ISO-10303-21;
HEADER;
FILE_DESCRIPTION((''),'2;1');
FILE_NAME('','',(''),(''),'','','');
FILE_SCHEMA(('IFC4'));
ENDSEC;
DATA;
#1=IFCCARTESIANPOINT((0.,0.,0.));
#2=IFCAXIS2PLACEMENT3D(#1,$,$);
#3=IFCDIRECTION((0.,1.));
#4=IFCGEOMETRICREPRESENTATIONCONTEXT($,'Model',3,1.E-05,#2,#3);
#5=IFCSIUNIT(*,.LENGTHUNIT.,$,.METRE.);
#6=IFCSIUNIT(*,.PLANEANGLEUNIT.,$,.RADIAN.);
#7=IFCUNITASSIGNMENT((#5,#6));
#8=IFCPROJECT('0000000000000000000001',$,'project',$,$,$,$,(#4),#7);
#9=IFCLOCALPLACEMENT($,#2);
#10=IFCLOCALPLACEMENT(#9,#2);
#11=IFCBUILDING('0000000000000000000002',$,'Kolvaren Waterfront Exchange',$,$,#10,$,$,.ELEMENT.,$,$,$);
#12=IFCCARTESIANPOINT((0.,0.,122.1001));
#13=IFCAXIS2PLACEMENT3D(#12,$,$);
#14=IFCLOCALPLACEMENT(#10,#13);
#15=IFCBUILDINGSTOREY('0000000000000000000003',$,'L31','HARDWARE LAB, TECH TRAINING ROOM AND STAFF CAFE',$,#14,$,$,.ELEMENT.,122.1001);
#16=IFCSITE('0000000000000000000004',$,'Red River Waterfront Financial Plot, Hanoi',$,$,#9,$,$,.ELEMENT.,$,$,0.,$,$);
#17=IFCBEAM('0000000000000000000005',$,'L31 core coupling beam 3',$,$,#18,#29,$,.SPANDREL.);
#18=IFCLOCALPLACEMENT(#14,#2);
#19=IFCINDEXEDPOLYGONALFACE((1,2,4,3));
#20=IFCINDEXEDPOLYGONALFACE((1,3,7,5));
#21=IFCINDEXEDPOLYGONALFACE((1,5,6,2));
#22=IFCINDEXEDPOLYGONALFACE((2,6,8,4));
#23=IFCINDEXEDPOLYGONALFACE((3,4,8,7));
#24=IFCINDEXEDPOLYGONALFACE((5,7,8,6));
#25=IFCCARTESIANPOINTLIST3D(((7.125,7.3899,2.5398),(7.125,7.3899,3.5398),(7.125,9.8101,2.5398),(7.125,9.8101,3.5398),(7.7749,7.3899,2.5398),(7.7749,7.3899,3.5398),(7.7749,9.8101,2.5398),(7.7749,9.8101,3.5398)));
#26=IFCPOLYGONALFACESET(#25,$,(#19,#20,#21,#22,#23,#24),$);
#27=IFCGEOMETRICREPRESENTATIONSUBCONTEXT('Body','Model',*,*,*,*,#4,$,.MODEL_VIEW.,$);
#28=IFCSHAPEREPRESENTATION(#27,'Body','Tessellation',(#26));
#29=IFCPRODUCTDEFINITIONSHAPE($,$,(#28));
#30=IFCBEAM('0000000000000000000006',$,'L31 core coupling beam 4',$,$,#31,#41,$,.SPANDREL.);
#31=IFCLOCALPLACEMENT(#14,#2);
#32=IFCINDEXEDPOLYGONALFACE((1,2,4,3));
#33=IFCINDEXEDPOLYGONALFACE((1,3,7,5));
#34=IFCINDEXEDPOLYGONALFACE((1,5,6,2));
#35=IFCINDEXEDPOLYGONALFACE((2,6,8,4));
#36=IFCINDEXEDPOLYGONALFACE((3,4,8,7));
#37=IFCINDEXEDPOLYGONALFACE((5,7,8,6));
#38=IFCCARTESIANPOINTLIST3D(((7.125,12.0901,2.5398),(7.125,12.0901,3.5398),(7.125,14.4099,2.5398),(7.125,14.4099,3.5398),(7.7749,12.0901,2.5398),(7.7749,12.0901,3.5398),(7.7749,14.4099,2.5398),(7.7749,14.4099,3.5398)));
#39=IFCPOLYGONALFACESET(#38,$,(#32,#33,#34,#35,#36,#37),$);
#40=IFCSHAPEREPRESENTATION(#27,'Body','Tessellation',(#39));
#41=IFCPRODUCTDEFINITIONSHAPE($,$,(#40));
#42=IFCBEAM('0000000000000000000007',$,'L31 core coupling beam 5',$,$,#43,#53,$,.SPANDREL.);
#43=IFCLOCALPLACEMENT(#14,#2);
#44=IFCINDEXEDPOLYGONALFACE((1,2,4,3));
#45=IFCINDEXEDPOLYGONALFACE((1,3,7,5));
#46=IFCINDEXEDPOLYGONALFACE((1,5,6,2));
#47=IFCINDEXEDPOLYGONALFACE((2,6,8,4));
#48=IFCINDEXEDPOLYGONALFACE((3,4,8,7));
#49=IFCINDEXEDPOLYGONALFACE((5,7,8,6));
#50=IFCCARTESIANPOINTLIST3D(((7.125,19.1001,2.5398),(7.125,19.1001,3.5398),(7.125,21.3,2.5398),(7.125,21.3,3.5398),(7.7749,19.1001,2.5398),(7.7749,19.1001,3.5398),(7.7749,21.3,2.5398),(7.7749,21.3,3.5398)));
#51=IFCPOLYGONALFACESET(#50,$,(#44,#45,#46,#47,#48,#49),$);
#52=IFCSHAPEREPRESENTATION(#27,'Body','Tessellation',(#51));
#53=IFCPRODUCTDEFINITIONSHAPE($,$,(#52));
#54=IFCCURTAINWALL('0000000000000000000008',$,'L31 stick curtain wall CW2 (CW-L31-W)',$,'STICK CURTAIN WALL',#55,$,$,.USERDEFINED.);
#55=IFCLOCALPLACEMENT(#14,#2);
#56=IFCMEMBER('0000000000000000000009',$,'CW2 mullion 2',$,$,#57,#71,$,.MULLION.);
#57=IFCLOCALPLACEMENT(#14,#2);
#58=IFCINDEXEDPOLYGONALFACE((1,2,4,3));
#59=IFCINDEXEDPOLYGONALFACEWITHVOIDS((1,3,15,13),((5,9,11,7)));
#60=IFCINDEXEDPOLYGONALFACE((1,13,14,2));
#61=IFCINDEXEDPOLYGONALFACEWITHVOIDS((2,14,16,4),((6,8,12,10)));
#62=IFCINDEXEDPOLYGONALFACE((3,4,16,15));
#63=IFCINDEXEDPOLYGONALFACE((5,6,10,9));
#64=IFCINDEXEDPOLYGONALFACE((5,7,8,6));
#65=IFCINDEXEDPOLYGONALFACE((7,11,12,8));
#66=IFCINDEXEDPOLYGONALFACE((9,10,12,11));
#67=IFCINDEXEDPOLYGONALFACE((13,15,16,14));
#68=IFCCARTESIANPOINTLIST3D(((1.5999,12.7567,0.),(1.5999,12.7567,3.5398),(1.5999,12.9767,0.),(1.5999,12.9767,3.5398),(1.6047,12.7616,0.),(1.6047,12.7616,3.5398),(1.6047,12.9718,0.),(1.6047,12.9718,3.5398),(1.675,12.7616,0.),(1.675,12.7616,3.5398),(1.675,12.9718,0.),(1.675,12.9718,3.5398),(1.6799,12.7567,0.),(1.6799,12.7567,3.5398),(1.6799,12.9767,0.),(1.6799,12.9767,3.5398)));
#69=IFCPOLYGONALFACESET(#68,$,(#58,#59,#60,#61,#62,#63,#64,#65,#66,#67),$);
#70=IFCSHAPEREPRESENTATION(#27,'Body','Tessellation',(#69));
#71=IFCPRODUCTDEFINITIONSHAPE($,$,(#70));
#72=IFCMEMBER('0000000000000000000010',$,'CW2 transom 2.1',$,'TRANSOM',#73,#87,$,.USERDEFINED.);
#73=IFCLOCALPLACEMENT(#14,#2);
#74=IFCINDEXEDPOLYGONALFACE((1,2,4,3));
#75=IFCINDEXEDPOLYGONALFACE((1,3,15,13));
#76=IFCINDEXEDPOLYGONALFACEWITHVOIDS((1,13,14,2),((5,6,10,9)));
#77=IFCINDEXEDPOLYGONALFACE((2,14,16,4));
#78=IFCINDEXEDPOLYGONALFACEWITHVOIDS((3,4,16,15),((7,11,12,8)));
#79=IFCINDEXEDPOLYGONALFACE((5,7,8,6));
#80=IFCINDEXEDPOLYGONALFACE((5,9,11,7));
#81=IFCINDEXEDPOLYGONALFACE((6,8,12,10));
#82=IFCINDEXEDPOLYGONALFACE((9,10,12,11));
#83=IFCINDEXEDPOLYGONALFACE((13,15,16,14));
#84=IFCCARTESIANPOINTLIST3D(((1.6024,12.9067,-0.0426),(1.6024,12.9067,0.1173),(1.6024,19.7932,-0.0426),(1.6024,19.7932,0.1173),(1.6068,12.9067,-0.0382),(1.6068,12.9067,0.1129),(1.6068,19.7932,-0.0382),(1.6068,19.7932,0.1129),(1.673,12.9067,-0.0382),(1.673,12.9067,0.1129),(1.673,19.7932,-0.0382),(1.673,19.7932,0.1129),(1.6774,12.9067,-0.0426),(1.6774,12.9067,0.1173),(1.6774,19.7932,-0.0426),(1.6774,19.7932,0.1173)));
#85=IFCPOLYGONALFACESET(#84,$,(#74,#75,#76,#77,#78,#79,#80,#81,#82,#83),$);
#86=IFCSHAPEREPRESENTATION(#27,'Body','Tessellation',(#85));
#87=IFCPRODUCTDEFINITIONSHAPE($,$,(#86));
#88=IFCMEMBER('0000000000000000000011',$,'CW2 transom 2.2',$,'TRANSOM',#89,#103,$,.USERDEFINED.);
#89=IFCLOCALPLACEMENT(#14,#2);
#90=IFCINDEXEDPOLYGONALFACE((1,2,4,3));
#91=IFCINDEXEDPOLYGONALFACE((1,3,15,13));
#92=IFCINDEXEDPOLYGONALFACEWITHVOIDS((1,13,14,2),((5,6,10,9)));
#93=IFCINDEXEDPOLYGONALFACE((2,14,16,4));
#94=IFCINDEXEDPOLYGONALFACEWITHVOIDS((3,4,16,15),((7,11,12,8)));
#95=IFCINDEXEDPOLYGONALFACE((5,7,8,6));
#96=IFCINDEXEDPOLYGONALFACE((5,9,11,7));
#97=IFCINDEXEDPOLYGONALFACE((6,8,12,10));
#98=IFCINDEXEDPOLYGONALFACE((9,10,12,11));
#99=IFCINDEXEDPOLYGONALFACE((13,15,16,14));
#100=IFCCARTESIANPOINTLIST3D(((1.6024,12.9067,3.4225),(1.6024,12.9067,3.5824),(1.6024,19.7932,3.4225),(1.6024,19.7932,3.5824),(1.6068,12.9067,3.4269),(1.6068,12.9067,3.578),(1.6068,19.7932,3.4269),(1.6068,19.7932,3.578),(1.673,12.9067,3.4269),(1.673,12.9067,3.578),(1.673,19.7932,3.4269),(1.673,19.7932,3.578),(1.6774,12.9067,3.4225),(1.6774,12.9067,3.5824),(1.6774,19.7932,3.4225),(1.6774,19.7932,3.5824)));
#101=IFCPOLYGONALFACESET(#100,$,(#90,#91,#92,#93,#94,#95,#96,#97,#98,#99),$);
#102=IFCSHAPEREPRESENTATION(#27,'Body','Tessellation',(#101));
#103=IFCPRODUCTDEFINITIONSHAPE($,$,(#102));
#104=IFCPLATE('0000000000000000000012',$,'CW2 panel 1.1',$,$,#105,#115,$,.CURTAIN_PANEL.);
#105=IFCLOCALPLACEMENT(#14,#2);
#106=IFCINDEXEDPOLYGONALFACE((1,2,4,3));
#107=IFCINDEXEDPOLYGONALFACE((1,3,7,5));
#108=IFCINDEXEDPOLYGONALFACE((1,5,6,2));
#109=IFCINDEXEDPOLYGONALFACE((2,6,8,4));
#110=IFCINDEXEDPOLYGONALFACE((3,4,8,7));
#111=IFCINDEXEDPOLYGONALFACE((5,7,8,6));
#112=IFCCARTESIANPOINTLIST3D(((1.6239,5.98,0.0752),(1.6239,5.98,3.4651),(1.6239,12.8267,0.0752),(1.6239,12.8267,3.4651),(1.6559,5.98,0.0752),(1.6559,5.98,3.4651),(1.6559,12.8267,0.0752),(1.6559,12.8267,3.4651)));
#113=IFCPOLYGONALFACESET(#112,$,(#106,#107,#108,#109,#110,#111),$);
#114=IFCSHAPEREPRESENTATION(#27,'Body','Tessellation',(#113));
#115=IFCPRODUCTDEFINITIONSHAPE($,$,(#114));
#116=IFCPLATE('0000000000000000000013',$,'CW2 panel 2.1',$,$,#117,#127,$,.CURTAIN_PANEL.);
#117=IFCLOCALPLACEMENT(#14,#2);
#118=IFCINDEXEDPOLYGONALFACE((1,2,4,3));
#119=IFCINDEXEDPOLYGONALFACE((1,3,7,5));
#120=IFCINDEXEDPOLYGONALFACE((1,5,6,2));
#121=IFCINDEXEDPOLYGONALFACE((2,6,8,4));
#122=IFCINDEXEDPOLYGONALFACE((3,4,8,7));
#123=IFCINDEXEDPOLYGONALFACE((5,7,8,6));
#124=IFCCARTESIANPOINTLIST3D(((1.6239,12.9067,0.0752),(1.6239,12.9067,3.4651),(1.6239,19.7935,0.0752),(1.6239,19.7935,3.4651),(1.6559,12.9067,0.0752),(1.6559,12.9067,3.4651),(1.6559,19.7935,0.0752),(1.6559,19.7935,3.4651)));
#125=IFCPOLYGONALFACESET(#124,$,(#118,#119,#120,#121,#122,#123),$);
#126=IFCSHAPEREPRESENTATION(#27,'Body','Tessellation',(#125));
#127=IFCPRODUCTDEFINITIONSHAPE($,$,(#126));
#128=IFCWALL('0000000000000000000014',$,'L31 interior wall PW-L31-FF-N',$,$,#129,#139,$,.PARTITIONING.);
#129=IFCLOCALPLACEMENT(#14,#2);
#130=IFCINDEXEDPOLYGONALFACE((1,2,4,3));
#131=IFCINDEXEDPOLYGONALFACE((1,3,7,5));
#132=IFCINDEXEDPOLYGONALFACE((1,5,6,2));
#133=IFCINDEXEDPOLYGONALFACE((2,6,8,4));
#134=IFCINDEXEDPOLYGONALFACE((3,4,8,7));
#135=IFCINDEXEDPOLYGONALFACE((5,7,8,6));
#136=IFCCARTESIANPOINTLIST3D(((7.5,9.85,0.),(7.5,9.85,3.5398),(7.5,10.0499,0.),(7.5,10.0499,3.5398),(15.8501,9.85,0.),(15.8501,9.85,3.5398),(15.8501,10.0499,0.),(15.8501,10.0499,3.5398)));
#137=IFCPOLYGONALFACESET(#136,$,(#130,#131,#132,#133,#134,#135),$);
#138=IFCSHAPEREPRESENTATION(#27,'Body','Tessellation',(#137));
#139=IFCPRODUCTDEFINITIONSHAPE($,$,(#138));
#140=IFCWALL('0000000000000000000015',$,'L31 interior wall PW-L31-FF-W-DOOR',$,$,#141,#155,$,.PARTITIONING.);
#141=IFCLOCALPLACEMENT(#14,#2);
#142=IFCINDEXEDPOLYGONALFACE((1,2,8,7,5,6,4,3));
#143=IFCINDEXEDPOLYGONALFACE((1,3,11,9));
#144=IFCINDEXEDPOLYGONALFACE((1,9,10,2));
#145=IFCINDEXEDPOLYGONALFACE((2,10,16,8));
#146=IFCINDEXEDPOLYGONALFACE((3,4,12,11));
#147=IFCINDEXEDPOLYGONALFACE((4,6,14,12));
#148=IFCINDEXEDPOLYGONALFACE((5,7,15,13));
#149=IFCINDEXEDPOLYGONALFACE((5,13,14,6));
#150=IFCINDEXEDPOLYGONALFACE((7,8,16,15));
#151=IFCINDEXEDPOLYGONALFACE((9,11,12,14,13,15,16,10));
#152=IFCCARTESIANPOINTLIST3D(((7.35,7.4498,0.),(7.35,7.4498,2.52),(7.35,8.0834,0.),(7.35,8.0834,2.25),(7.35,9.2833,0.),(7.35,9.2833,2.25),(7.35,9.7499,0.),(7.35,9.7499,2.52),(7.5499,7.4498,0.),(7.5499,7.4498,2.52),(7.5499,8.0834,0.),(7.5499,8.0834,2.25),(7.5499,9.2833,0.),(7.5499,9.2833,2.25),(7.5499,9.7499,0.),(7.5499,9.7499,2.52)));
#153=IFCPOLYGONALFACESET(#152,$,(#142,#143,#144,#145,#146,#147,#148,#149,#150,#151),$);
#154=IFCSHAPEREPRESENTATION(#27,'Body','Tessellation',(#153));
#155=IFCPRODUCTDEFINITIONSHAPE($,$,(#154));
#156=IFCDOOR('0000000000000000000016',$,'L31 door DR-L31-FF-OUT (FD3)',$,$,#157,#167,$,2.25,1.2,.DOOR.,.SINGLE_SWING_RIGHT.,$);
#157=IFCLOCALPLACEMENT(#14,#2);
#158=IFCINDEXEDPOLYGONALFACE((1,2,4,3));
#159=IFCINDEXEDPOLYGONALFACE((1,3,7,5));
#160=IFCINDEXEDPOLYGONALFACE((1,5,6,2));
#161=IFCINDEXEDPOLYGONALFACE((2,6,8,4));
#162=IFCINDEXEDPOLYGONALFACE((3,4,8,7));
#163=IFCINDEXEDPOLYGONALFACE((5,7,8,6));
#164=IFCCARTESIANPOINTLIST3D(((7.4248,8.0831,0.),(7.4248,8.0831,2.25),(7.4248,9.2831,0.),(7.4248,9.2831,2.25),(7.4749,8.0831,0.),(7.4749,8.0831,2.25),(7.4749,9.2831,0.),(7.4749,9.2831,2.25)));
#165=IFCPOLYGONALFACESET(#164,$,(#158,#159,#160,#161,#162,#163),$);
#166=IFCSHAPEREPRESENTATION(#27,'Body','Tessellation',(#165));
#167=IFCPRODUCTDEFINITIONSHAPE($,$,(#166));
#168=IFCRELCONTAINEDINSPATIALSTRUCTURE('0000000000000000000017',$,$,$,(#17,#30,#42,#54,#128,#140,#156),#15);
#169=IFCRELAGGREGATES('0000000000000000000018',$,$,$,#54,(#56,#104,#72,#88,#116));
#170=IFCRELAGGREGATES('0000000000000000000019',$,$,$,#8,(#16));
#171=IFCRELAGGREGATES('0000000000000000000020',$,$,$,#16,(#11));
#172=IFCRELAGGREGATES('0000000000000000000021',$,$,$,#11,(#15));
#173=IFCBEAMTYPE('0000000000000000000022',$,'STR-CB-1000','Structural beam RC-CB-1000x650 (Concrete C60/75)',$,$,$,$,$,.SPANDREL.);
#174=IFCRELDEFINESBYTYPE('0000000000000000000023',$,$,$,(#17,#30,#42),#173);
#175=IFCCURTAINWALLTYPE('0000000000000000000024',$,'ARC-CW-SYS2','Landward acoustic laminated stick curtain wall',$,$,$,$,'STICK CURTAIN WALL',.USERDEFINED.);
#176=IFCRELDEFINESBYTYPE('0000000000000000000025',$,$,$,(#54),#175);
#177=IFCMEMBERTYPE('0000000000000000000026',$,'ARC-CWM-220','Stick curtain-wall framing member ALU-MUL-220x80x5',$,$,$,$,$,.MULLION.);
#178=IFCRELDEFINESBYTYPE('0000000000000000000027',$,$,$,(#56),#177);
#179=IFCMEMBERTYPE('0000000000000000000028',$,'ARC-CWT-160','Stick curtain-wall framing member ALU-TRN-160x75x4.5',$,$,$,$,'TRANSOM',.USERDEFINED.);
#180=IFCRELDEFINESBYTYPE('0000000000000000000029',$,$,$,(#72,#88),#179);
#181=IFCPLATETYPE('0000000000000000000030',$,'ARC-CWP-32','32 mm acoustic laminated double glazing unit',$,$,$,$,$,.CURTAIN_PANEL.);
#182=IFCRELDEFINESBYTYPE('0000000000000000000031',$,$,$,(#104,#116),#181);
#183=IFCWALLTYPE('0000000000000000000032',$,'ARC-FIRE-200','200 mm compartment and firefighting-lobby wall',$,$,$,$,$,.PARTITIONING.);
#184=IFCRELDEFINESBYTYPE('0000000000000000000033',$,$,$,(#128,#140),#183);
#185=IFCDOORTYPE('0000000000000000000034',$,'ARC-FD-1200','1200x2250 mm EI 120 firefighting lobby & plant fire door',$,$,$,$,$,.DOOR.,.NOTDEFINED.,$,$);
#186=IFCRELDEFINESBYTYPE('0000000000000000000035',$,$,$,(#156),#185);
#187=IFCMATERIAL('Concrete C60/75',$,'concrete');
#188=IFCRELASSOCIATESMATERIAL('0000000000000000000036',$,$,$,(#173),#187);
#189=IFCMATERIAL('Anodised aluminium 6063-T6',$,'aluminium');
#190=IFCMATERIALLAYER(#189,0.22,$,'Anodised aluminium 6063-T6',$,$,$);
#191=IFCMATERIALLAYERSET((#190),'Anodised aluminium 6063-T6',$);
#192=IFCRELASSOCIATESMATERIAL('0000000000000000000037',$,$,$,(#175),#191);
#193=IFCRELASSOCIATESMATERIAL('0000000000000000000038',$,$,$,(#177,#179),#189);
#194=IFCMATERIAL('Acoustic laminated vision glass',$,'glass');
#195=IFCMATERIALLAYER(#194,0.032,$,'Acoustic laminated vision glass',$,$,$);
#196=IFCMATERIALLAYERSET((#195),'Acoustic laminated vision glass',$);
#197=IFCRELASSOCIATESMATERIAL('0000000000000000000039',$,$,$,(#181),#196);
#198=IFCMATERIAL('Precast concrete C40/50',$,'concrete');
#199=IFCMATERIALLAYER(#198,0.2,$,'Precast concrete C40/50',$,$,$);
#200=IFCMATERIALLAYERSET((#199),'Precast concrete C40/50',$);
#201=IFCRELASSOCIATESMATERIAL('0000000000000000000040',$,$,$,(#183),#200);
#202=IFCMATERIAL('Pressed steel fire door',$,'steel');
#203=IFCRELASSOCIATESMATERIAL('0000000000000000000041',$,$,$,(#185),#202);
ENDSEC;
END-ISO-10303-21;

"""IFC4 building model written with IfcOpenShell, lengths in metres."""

from ifc_helpers import new_model, si_unit, direction, frame, frame_2d, origin, origin_with_axes, origin_2d, place, context, subcontext, project, spatial, rectangle, hollow_rectangle, extrude, source, transform, mapped, material, layer, layer_set, material_profile, profile_set, type_object, element, fill, aggregate, save


model = new_model("IFC4")

# Units and contexts
model_context = context("Model", 3, precision=1e-05, world=origin(), true_north=direction((0.0, 1.0)))
body_context = subcontext(model_context, "Body", "Model", "MODEL_VIEW")
ifc_project = project(units=[si_unit("LENGTHUNIT", "METRE"), si_unit("PLANEANGLEUNIT", "RADIAN")], contexts=[model_context])

# Site, building, storey
site_placement = place(None, origin())
site = spatial("IfcSite", under=ifc_project, at=site_placement, Name="Red River Waterfront Financial Plot, Hanoi", CompositionType="ELEMENT", RefElevation=0.0)
building_placement = place(site_placement, origin())
building = spatial("IfcBuilding", under=site, at=building_placement, Name="Kolvaren Waterfront Exchange", CompositionType="ELEMENT")
storey_placement = place(building_placement, frame((0.0, 0.0, 122.1001)))
storey = spatial("IfcBuildingStorey", under=building, at=storey_placement, Name="L31", Description="HARDWARE LAB, TECH TRAINING ROOM AND STAFF CAFE", CompositionType="ELEMENT", Elevation=122.1001)

# Beams
ifc_material_1 = material(Name="Concrete C60/75", Category="concrete")
ifc_material_profile_1 = material_profile(ifc_material_1, rectangle(XDim=0.6499, YDim=1.0, at=origin_2d()), Name="RC-CB-1000x650")
ifc_profile_set_1 = profile_set([ifc_material_profile_1], Name="Concrete C60/75")
beam_type = type_object("IfcBeamType", Name="STR-CB-1000", Description="Structural beam RC-CB-1000x650 (Concrete C60/75)", PredefinedType="SPANDREL", material=ifc_profile_set_1)
beam_1_placement = place(storey_placement, frame((7.45, 7.3899, 3.0398), z_axis=(0.0, 1.0, 0.0), x_axis=(-1.0, 0.0, 0.0)))
element("IfcBeam", 1, at=beam_1_placement, inside=storey, type_object=beam_type, Name="L31 core coupling beam 3", PredefinedType="SPANDREL", context=body_context, shape_type="SweptSolid", body=[
    extrude(rectangle(XDim=0.6499, YDim=1.0, at=origin_2d()), origin(), (0.0, 0.0, 1.0), 2.4202),
])
beam_2_placement = place(storey_placement, frame((7.45, 12.0901, 3.0398), z_axis=(0.0, 1.0, 0.0), x_axis=(-1.0, 0.0, 0.0)))
element("IfcBeam", 2, at=beam_2_placement, inside=storey, type_object=beam_type, Name="L31 core coupling beam 4", PredefinedType="SPANDREL", context=body_context, shape_type="SweptSolid", body=[
    extrude(rectangle(XDim=0.6499, YDim=1.0, at=origin_2d()), origin(), (0.0, 0.0, 1.0), 2.3198),
])
beam_3_placement = place(storey_placement, frame((7.45, 19.1001, 3.0398), z_axis=(0.0, 1.0, 0.0), x_axis=(-1.0, 0.0, 0.0)))
element("IfcBeam", 3, at=beam_3_placement, inside=storey, type_object=beam_type, Name="L31 core coupling beam 5", PredefinedType="SPANDREL", context=body_context, shape_type="SweptSolid", body=[
    extrude(rectangle(XDim=0.6499, YDim=1.0, at=origin_2d()), origin(), (0.0, 0.0, 1.0), 2.2),
])

# Curtain wall, members, plates
ifc_material_2 = material(Name="Anodised aluminium 6063-T6", Category="aluminium")
ifc_layer_1 = layer(ifc_material_2, 0.22, Name="Anodised aluminium 6063-T6")
ifc_layer_set_1 = layer_set([ifc_layer_1], Name="Anodised aluminium 6063-T6")
curtain_wall_type = type_object("IfcCurtainWallType", Name="ARC-CW-SYS2", Description="Landward acoustic laminated stick curtain wall", ElementType="STICK CURTAIN WALL", PredefinedType="USERDEFINED", material=ifc_layer_set_1)
curtain_wall_placement = place(storey_placement, origin())
curtain_wall = element("IfcCurtainWall", 4, at=curtain_wall_placement, inside=storey, type_object=curtain_wall_type, Name="L31 stick curtain wall CW2 (CW-L31-W)", ObjectType="STICK CURTAIN WALL", PredefinedType="USERDEFINED")
ifc_material_profile_2 = material_profile(ifc_material_2, hollow_rectangle(XDim=0.0801, YDim=0.22, WallThickness=0.0049, at=origin_2d()), Name="ALU-MUL-220x80x5")
ifc_profile_set_2 = profile_set([ifc_material_profile_2], Name="Anodised aluminium 6063-T6")
member_type_1 = type_object("IfcMemberType", Name="ARC-CWM-220", Description="Stick curtain-wall framing member ALU-MUL-220x80x5", PredefinedType="MULLION", material=ifc_profile_set_2)
shared_shape_1 = source(origin_with_axes(), body_context, "Body", "SweptSolid", [
    extrude(hollow_rectangle(XDim=0.0801, YDim=0.22, WallThickness=0.0049, at=origin_2d()), origin(), (0.0, 0.0, 1.0), 3.5398),
])
member_1_placement = place(storey_placement, frame((1.6399, 12.8667, 0.0), z_axis=(0.0, 0.0, 1.0), x_axis=(-1.0, 0.0, 0.0)))
member_1 = element("IfcMember", 5, at=member_1_placement, type_object=member_type_1, Name="CW2 mullion 2", PredefinedType="MULLION", context=body_context, shape_type="MappedRepresentation", body=[
    mapped(shared_shape_1, transform((0.0, 0.0, 0.0), x_axis=(1.0, 0.0, 0.0), y_axis=(0.0, 1.0, 0.0), z_axis=(0.0, 0.0, 1.0), scale=1.0)),
])
ifc_material_profile_3 = material_profile(ifc_material_2, hollow_rectangle(XDim=0.075, YDim=0.1599, WallThickness=0.0044, at=origin_2d()), Name="ALU-TRN-160x75x4.5")
ifc_profile_set_3 = profile_set([ifc_material_profile_3], Name="Anodised aluminium 6063-T6")
member_type_2 = type_object("IfcMemberType", Name="ARC-CWT-160", Description="Stick curtain-wall framing member ALU-TRN-160x75x4.5", ElementType="TRANSOM", PredefinedType="USERDEFINED", material=ifc_profile_set_3)
shared_shape_2 = source(origin_with_axes(), body_context, "Body", "SweptSolid", [
    extrude(hollow_rectangle(XDim=0.075, YDim=0.1599, WallThickness=0.0044, at=origin_2d()), origin(), (0.0, 0.0, 1.0), 6.8865),
])
member_2_placement = place(storey_placement, frame((1.6399, 12.9067, 0.0374), z_axis=(0.0, 1.0, 0.0), x_axis=(-1.0, 0.0, 0.0)))
member_2 = element("IfcMember", 6, at=member_2_placement, type_object=member_type_2, Name="CW2 transom 2.1", ObjectType="TRANSOM", PredefinedType="USERDEFINED", context=body_context, shape_type="MappedRepresentation", body=[
    mapped(shared_shape_2, transform((0.0, 0.0, 0.0), x_axis=(1.0, 0.0, 0.0), y_axis=(0.0, 1.0, 0.0), z_axis=(0.0, 0.0, 1.0), scale=1.0)),
])
member_3_placement = place(storey_placement, frame((1.6399, 12.9067, 3.5024), z_axis=(0.0, 1.0, 0.0), x_axis=(-1.0, 0.0, 0.0)))
member_3 = element("IfcMember", 7, at=member_3_placement, type_object=member_type_2, Name="CW2 transom 2.2", ObjectType="TRANSOM", PredefinedType="USERDEFINED", context=body_context, shape_type="MappedRepresentation", body=[
    mapped(shared_shape_2, transform((0.0, 0.0, 0.0), x_axis=(1.0, 0.0, 0.0), y_axis=(0.0, 1.0, 0.0), z_axis=(0.0, 0.0, 1.0), scale=1.0)),
])
ifc_material_3 = material(Name="Acoustic laminated vision glass", Category="glass")
ifc_layer_2 = layer(ifc_material_3, 0.032, Name="Acoustic laminated vision glass")
ifc_layer_set_2 = layer_set([ifc_layer_2], Name="Acoustic laminated vision glass")
plate_type = type_object("IfcPlateType", Name="ARC-CWP-32", Description="32 mm acoustic laminated double glazing unit", PredefinedType="CURTAIN_PANEL", material=ifc_layer_set_2)
shared_shape_3 = source(origin_with_axes(), body_context, "Body", "SweptSolid", [
    extrude(rectangle(XDim=6.8467, YDim=0.032, at=origin_2d()), origin(), (0.0, 0.0, 1.0), 3.3899),
])
plate_1_placement = place(storey_placement, frame((1.6399, 9.4033, 0.0752), z_axis=(0.0, 0.0, 1.0), x_axis=(0.0, 1.0, 0.0)))
plate_1 = element("IfcPlate", 8, at=plate_1_placement, type_object=plate_type, Name="CW2 panel 1.1", PredefinedType="CURTAIN_PANEL", context=body_context, shape_type="MappedRepresentation", body=[
    mapped(shared_shape_3, transform((0.0, 0.0, 0.0), x_axis=(1.0, 0.0, 0.0), y_axis=(0.0, 1.0, 0.0), z_axis=(0.0, 0.0, 1.0), scale=1.0)),
])
shared_shape_4 = source(origin_with_axes(), body_context, "Body", "SweptSolid", [
    extrude(rectangle(XDim=6.8867, YDim=0.032, at=origin_2d()), origin(), (0.0, 0.0, 1.0), 3.3899),
])
plate_2_placement = place(storey_placement, frame((1.6399, 16.3501, 0.0752), z_axis=(0.0, 0.0, 1.0), x_axis=(0.0, 1.0, 0.0)))
plate_2 = element("IfcPlate", 9, at=plate_2_placement, type_object=plate_type, Name="CW2 panel 2.1", PredefinedType="CURTAIN_PANEL", context=body_context, shape_type="MappedRepresentation", body=[
    mapped(shared_shape_4, transform((0.0, 0.0, 0.0), x_axis=(1.0, 0.0, 0.0), y_axis=(0.0, 1.0, 0.0), z_axis=(0.0, 0.0, 1.0), scale=1.0)),
])
aggregate(curtain_wall, [member_1, plate_1, member_2, member_3, plate_2])

# Wall
ifc_material_4 = material(Name="Precast concrete C40/50", Category="concrete")
ifc_layer_3 = layer(ifc_material_4, 0.2, Name="Precast concrete C40/50")
ifc_layer_set_3 = layer_set([ifc_layer_3], Name="Precast concrete C40/50")
wall_type_1 = type_object("IfcWallType", Name="ARC-FIRE-200", Description="200 mm compartment and firefighting-lobby wall", PredefinedType="PARTITIONING", material=ifc_layer_set_3)
wall_1_placement = place(storey_placement, frame((7.5, 9.95, 0.0), z_axis=(0.0, 0.0, 1.0), x_axis=(1.0, 0.0, 0.0)))
element("IfcWall", 10, at=wall_1_placement, inside=storey, type_object=wall_type_1, Name="L31 interior wall PW-L31-FF-N", PredefinedType="PARTITIONING", context=body_context, shape_type="SweptSolid", body=[
    extrude(rectangle(XDim=8.3501, YDim=0.2, at=frame_2d((4.175, 0.0))), origin(), (0.0, 0.0, 1.0), 3.5398),
])

# Wall, opening, door
wall_2_placement = place(storey_placement, frame((7.45, 7.45, 0.0), z_axis=(0.0, 0.0, 1.0), x_axis=(0.0, 1.0, 0.0)))
wall_2 = element("IfcWall", 11, at=wall_2_placement, inside=storey, type_object=wall_type_1, Name="L31 interior wall PW-L31-FF-W-DOOR", PredefinedType="PARTITIONING", context=body_context, shape_type="SweptSolid", body=[
    extrude(rectangle(XDim=2.3, YDim=0.2, at=frame_2d((1.1499, 0.0))), origin(), (0.0, 0.0, 1.0), 2.52),
])
opening_1_placement = place(wall_2_placement, frame((0.6333, 0.0, 0.0)))
opening_1 = element("IfcOpeningElement", 12, at=opening_1_placement, cuts=wall_2, PredefinedType="OPENING", context=body_context, shape_type="SweptSolid", body=[
    extrude(rectangle(XDim=1.2, YDim=2.25, at=frame_2d((0.6001, 1.125))), frame((0.0, 0.1099, 0.0), z_axis=(0.0, -1.0, 0.0), x_axis=(1.0, 0.0, 0.0)), (0.0, 0.0, 1.0), 0.22),
])
ifc_material_5 = material(Name="Pressed steel fire door", Category="steel")
door_type_1 = type_object("IfcDoorType", Name="ARC-FD-1200", Description="1200x2250 mm EI 120 firefighting lobby & plant fire door", OperationType="NOTDEFINED", PredefinedType="DOOR", material=ifc_material_5)
door_1_placement = place(opening_1_placement, frame((1.2, 0.0, 0.0), z_axis=(0.0, 0.0, 1.0), x_axis=(-1.0, 0.0, 0.0)))
door_1 = element("IfcDoor", 13, at=door_1_placement, inside=storey, type_object=door_type_1, Name="L31 door DR-L31-FF-OUT (FD3)", OperationType="SINGLE_SWING_RIGHT", OverallHeight=2.25, OverallWidth=1.2, PredefinedType="DOOR", context=body_context, shape_type="SweptSolid", body=[
    extrude(rectangle(XDim=1.2, YDim=2.25, at=frame_2d((0.6001, 1.125))), frame((0.0, 0.0249, 0.0), z_axis=(0.0, -1.0, 0.0), x_axis=(1.0, 0.0, 0.0)), (0.0, 0.0, 1.0), 0.05),
])
fill(opening_1, door_1)

save(model, "model.ifc")
